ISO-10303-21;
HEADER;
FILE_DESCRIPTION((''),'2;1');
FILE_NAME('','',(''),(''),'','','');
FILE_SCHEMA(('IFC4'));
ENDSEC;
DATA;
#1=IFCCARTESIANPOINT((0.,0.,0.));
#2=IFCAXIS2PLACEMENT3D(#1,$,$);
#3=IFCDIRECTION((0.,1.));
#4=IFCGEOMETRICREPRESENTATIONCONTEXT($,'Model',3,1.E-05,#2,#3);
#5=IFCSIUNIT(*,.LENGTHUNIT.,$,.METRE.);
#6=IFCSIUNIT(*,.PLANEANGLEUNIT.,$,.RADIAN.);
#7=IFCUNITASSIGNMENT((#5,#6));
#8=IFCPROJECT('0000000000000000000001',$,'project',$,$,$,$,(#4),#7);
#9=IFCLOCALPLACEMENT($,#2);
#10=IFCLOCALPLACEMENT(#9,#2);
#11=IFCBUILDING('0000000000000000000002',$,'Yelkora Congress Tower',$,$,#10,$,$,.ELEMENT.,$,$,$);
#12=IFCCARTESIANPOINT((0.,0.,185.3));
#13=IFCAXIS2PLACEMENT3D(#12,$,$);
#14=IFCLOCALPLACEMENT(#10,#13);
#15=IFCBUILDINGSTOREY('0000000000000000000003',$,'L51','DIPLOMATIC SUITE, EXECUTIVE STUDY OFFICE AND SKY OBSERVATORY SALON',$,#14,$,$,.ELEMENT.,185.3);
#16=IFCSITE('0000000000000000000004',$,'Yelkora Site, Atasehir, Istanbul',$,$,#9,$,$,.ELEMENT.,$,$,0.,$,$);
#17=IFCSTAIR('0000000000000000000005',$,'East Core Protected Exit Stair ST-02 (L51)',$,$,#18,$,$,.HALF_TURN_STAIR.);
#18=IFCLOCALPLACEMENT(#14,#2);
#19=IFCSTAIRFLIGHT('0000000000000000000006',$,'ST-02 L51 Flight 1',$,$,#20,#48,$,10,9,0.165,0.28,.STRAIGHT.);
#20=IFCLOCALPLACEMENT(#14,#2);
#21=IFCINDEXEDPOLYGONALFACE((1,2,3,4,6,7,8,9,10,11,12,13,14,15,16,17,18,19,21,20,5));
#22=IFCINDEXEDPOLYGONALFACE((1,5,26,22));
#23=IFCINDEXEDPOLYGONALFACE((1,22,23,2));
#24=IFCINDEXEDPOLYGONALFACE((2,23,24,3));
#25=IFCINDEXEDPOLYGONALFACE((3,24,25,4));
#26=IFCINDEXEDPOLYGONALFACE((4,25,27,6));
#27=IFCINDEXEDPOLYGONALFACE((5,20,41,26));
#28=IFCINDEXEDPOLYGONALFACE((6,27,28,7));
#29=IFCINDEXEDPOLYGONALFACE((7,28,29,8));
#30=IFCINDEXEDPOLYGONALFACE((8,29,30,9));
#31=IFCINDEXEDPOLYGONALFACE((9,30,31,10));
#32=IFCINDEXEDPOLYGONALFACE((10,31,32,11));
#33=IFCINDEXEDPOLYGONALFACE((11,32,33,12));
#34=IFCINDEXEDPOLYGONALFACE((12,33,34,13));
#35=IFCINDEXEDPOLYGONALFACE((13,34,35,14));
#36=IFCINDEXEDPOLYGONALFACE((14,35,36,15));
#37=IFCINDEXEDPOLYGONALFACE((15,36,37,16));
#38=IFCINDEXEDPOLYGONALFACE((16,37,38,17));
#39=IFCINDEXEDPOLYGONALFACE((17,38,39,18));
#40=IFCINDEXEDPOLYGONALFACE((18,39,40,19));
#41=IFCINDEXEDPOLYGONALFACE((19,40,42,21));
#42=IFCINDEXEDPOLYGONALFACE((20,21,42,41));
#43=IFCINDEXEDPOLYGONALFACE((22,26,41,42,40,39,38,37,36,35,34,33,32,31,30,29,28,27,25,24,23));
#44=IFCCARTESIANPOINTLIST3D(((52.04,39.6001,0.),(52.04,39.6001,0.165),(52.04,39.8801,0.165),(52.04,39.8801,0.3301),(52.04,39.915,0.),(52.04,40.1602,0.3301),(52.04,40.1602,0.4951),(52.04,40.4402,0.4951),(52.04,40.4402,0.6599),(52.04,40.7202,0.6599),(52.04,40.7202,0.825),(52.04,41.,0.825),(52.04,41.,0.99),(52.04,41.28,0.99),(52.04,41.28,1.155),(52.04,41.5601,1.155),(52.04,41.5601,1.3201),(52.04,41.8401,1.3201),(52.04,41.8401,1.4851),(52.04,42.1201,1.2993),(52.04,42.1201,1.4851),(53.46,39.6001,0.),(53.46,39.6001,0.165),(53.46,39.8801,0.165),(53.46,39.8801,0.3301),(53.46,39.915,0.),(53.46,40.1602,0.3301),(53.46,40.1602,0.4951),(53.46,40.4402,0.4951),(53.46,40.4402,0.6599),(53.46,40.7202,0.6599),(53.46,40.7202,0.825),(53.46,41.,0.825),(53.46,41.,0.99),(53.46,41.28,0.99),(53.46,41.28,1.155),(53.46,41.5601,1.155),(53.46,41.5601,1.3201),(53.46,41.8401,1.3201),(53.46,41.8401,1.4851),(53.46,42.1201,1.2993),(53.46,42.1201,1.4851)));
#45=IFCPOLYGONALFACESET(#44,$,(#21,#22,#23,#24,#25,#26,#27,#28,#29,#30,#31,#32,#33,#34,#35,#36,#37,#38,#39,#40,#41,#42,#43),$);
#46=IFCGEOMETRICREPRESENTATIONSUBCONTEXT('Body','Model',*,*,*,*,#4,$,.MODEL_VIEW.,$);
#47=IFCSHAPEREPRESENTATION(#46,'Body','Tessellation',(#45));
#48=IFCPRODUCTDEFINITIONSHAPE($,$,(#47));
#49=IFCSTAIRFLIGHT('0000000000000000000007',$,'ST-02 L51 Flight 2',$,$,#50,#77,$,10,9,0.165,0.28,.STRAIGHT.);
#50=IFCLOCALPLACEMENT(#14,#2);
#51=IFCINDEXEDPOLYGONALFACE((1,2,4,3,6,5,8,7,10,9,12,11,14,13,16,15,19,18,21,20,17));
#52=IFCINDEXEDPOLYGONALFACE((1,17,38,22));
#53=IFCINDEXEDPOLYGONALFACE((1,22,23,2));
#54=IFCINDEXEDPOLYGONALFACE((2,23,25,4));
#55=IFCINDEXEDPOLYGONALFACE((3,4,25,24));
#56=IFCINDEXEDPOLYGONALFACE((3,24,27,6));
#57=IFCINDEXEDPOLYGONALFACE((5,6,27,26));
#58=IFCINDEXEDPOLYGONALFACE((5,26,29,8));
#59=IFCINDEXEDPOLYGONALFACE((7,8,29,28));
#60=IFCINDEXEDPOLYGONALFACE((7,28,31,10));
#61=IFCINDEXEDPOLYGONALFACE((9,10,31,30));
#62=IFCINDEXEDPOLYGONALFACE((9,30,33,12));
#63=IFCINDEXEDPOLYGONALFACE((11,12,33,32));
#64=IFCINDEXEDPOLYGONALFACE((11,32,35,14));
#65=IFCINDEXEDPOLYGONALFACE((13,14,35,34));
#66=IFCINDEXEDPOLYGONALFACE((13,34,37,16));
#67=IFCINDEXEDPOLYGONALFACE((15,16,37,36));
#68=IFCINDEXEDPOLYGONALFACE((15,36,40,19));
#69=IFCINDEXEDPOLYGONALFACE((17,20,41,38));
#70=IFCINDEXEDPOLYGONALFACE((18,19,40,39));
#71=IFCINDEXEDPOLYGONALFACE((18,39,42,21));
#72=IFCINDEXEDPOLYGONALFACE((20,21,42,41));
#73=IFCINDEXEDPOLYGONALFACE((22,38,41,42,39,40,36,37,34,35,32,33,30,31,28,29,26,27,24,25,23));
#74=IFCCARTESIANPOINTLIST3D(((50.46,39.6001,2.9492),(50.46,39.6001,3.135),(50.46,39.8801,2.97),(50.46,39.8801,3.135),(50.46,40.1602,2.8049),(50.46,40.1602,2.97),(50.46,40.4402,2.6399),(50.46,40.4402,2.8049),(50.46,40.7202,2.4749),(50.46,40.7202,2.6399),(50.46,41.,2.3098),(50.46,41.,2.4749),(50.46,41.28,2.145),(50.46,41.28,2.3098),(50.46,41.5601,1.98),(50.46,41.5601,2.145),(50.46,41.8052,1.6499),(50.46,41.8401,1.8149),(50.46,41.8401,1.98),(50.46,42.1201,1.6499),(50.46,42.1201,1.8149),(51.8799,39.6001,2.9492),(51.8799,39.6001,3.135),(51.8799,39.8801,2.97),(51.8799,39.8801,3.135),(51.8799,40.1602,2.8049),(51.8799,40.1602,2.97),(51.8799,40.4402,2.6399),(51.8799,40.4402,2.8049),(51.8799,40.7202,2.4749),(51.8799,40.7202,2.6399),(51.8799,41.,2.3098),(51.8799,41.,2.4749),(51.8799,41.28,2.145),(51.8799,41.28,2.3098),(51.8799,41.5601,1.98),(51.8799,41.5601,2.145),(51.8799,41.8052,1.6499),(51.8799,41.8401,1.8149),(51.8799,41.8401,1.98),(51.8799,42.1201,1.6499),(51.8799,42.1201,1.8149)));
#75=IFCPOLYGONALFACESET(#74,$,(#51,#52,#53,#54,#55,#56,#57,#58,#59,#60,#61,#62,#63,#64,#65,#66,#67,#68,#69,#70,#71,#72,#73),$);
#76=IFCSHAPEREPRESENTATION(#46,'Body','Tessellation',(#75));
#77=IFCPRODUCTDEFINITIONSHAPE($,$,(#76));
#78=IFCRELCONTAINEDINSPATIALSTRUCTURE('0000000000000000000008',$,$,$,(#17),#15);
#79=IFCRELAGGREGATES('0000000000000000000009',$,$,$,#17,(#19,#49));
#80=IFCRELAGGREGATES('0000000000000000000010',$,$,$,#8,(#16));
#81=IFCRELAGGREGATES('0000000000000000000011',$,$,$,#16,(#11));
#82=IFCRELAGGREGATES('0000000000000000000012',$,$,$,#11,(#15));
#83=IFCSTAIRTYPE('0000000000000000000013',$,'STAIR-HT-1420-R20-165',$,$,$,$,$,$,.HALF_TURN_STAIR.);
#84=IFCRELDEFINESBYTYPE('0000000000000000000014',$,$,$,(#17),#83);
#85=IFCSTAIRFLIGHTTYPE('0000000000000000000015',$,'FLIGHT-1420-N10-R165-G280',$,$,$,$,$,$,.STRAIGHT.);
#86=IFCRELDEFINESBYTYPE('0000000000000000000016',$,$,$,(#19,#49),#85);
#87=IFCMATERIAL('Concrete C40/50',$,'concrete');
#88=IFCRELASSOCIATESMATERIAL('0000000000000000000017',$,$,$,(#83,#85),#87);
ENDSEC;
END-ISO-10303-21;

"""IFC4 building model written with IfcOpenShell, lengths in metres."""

from ifc_helpers import new_model, si_unit, direction, frame, origin, place, context, subcontext, project, spatial, polyline, outline, extrude, material, type_object, element, aggregate, save


model = new_model("IFC4")

# Units and contexts
model_context = context("Model", 3, precision=1e-05, world=origin(), true_north=direction((0.0, 1.0)))
body_context = subcontext(model_context, "Body", "Model", "MODEL_VIEW")
ifc_project = project(units=[si_unit("LENGTHUNIT", "METRE"), si_unit("PLANEANGLEUNIT", "RADIAN")], contexts=[model_context])

# Site, building, storey
site_placement = place(None, origin())
site = spatial("IfcSite", under=ifc_project, at=site_placement, Name="Yelkora Site, Atasehir, Istanbul", CompositionType="ELEMENT", RefElevation=0.0)
building_placement = place(site_placement, origin())
building = spatial("IfcBuilding", under=site, at=building_placement, Name="Yelkora Congress Tower", CompositionType="ELEMENT")
storey_placement = place(building_placement, frame((0.0, 0.0, 185.3)))
storey = spatial("IfcBuildingStorey", under=building, at=storey_placement, Name="L51", Description="DIPLOMATIC SUITE, EXECUTIVE STUDY OFFICE AND SKY OBSERVATORY SALON", CompositionType="ELEMENT", Elevation=185.3)

# Stair, stair flights
ifc_material_1 = material(Name="Concrete C40/50", Category="concrete")
stair_type = type_object("IfcStairType", Name="STAIR-HT-1420-R20-165", PredefinedType="HALF_TURN_STAIR", material=ifc_material_1)
stair_placement = place(storey_placement, origin())
stair = element("IfcStair", 1, at=stair_placement, inside=storey, type_object=stair_type, Name="East Core Protected Exit Stair ST-02 (L51)", PredefinedType="HALF_TURN_STAIR")
stair_flight_type = type_object("IfcStairFlightType", Name="FLIGHT-1420-N10-R165-G280", PredefinedType="STRAIGHT", material=ifc_material_1)
stair_flight_1_placement = place(storey_placement, frame((52.75, 39.6001, 0.0), z_axis=(0.0, 0.0, 1.0), x_axis=(0.0, 1.0, 0.0)))
stair_flight_1 = element("IfcStairFlight", 2, at=stair_flight_1_placement, type_object=stair_flight_type, Name="ST-02 L51 Flight 1", NumberOfRisers=10, NumberOfTreads=9, PredefinedType="STRAIGHT", RiserHeight=0.165, TreadLength=0.28, context=body_context, shape_type="SweptSolid", body=[
    extrude(outline(polyline([(0.0, 0.0), (0.0, 0.165), (0.28, 0.165), (0.28, 0.3301), (0.5601, 0.3301), (0.5601, 0.4951), (0.8401, 0.4951), (0.8401, 0.6599), (1.1201, 0.6599), (1.1201, 0.825), (1.3999, 0.825), (1.3999, 0.99), (1.6799, 0.99), (1.6799, 1.155), (1.96, 1.155), (1.96, 1.3201), (2.24, 1.3201), (2.24, 1.4851), (2.52, 1.4851), (2.52, 1.6499), (2.52, 1.2993), (0.3149, 0.0), (0.0, 0.0)])), frame((0.0, 0.71, 0.0), z_axis=(0.0, -1.0, 0.0), x_axis=(1.0, 0.0, 0.0)), (0.0, 0.0, 1.0), 1.4199),
])
stair_flight_2_placement = place(storey_placement, frame((51.1699, 42.1201, 1.6499), z_axis=(0.0, 0.0, 1.0), x_axis=(0.0, -1.0, 0.0)))
stair_flight_2 = element("IfcStairFlight", 3, at=stair_flight_2_placement, type_object=stair_flight_type, Name="ST-02 L51 Flight 2", NumberOfRisers=10, NumberOfTreads=9, PredefinedType="STRAIGHT", RiserHeight=0.165, TreadLength=0.28, context=body_context, shape_type="SweptSolid", body=[
    extrude(outline(polyline([(0.0, 0.0), (0.0, 0.165), (0.28, 0.165), (0.28, 0.3301), (0.5601, 0.3301), (0.5601, 0.4951), (0.8401, 0.4951), (0.8401, 0.6599), (1.1201, 0.6599), (1.1201, 0.825), (1.3999, 0.825), (1.3999, 0.99), (1.6799, 0.99), (1.6799, 1.155), (1.96, 1.155), (1.96, 1.3201), (2.24, 1.3201), (2.24, 1.4851), (2.52, 1.4851), (2.52, 1.6499), (2.52, 1.2993), (0.3149, 0.0), (0.0, 0.0)])), frame((0.0, 0.71, 0.0), z_axis=(0.0, -1.0, 0.0), x_axis=(1.0, 0.0, 0.0)), (0.0, 0.0, 1.0), 1.4199),
])
aggregate(stair, [stair_flight_1, stair_flight_2])

save(model, "model.ifc")
